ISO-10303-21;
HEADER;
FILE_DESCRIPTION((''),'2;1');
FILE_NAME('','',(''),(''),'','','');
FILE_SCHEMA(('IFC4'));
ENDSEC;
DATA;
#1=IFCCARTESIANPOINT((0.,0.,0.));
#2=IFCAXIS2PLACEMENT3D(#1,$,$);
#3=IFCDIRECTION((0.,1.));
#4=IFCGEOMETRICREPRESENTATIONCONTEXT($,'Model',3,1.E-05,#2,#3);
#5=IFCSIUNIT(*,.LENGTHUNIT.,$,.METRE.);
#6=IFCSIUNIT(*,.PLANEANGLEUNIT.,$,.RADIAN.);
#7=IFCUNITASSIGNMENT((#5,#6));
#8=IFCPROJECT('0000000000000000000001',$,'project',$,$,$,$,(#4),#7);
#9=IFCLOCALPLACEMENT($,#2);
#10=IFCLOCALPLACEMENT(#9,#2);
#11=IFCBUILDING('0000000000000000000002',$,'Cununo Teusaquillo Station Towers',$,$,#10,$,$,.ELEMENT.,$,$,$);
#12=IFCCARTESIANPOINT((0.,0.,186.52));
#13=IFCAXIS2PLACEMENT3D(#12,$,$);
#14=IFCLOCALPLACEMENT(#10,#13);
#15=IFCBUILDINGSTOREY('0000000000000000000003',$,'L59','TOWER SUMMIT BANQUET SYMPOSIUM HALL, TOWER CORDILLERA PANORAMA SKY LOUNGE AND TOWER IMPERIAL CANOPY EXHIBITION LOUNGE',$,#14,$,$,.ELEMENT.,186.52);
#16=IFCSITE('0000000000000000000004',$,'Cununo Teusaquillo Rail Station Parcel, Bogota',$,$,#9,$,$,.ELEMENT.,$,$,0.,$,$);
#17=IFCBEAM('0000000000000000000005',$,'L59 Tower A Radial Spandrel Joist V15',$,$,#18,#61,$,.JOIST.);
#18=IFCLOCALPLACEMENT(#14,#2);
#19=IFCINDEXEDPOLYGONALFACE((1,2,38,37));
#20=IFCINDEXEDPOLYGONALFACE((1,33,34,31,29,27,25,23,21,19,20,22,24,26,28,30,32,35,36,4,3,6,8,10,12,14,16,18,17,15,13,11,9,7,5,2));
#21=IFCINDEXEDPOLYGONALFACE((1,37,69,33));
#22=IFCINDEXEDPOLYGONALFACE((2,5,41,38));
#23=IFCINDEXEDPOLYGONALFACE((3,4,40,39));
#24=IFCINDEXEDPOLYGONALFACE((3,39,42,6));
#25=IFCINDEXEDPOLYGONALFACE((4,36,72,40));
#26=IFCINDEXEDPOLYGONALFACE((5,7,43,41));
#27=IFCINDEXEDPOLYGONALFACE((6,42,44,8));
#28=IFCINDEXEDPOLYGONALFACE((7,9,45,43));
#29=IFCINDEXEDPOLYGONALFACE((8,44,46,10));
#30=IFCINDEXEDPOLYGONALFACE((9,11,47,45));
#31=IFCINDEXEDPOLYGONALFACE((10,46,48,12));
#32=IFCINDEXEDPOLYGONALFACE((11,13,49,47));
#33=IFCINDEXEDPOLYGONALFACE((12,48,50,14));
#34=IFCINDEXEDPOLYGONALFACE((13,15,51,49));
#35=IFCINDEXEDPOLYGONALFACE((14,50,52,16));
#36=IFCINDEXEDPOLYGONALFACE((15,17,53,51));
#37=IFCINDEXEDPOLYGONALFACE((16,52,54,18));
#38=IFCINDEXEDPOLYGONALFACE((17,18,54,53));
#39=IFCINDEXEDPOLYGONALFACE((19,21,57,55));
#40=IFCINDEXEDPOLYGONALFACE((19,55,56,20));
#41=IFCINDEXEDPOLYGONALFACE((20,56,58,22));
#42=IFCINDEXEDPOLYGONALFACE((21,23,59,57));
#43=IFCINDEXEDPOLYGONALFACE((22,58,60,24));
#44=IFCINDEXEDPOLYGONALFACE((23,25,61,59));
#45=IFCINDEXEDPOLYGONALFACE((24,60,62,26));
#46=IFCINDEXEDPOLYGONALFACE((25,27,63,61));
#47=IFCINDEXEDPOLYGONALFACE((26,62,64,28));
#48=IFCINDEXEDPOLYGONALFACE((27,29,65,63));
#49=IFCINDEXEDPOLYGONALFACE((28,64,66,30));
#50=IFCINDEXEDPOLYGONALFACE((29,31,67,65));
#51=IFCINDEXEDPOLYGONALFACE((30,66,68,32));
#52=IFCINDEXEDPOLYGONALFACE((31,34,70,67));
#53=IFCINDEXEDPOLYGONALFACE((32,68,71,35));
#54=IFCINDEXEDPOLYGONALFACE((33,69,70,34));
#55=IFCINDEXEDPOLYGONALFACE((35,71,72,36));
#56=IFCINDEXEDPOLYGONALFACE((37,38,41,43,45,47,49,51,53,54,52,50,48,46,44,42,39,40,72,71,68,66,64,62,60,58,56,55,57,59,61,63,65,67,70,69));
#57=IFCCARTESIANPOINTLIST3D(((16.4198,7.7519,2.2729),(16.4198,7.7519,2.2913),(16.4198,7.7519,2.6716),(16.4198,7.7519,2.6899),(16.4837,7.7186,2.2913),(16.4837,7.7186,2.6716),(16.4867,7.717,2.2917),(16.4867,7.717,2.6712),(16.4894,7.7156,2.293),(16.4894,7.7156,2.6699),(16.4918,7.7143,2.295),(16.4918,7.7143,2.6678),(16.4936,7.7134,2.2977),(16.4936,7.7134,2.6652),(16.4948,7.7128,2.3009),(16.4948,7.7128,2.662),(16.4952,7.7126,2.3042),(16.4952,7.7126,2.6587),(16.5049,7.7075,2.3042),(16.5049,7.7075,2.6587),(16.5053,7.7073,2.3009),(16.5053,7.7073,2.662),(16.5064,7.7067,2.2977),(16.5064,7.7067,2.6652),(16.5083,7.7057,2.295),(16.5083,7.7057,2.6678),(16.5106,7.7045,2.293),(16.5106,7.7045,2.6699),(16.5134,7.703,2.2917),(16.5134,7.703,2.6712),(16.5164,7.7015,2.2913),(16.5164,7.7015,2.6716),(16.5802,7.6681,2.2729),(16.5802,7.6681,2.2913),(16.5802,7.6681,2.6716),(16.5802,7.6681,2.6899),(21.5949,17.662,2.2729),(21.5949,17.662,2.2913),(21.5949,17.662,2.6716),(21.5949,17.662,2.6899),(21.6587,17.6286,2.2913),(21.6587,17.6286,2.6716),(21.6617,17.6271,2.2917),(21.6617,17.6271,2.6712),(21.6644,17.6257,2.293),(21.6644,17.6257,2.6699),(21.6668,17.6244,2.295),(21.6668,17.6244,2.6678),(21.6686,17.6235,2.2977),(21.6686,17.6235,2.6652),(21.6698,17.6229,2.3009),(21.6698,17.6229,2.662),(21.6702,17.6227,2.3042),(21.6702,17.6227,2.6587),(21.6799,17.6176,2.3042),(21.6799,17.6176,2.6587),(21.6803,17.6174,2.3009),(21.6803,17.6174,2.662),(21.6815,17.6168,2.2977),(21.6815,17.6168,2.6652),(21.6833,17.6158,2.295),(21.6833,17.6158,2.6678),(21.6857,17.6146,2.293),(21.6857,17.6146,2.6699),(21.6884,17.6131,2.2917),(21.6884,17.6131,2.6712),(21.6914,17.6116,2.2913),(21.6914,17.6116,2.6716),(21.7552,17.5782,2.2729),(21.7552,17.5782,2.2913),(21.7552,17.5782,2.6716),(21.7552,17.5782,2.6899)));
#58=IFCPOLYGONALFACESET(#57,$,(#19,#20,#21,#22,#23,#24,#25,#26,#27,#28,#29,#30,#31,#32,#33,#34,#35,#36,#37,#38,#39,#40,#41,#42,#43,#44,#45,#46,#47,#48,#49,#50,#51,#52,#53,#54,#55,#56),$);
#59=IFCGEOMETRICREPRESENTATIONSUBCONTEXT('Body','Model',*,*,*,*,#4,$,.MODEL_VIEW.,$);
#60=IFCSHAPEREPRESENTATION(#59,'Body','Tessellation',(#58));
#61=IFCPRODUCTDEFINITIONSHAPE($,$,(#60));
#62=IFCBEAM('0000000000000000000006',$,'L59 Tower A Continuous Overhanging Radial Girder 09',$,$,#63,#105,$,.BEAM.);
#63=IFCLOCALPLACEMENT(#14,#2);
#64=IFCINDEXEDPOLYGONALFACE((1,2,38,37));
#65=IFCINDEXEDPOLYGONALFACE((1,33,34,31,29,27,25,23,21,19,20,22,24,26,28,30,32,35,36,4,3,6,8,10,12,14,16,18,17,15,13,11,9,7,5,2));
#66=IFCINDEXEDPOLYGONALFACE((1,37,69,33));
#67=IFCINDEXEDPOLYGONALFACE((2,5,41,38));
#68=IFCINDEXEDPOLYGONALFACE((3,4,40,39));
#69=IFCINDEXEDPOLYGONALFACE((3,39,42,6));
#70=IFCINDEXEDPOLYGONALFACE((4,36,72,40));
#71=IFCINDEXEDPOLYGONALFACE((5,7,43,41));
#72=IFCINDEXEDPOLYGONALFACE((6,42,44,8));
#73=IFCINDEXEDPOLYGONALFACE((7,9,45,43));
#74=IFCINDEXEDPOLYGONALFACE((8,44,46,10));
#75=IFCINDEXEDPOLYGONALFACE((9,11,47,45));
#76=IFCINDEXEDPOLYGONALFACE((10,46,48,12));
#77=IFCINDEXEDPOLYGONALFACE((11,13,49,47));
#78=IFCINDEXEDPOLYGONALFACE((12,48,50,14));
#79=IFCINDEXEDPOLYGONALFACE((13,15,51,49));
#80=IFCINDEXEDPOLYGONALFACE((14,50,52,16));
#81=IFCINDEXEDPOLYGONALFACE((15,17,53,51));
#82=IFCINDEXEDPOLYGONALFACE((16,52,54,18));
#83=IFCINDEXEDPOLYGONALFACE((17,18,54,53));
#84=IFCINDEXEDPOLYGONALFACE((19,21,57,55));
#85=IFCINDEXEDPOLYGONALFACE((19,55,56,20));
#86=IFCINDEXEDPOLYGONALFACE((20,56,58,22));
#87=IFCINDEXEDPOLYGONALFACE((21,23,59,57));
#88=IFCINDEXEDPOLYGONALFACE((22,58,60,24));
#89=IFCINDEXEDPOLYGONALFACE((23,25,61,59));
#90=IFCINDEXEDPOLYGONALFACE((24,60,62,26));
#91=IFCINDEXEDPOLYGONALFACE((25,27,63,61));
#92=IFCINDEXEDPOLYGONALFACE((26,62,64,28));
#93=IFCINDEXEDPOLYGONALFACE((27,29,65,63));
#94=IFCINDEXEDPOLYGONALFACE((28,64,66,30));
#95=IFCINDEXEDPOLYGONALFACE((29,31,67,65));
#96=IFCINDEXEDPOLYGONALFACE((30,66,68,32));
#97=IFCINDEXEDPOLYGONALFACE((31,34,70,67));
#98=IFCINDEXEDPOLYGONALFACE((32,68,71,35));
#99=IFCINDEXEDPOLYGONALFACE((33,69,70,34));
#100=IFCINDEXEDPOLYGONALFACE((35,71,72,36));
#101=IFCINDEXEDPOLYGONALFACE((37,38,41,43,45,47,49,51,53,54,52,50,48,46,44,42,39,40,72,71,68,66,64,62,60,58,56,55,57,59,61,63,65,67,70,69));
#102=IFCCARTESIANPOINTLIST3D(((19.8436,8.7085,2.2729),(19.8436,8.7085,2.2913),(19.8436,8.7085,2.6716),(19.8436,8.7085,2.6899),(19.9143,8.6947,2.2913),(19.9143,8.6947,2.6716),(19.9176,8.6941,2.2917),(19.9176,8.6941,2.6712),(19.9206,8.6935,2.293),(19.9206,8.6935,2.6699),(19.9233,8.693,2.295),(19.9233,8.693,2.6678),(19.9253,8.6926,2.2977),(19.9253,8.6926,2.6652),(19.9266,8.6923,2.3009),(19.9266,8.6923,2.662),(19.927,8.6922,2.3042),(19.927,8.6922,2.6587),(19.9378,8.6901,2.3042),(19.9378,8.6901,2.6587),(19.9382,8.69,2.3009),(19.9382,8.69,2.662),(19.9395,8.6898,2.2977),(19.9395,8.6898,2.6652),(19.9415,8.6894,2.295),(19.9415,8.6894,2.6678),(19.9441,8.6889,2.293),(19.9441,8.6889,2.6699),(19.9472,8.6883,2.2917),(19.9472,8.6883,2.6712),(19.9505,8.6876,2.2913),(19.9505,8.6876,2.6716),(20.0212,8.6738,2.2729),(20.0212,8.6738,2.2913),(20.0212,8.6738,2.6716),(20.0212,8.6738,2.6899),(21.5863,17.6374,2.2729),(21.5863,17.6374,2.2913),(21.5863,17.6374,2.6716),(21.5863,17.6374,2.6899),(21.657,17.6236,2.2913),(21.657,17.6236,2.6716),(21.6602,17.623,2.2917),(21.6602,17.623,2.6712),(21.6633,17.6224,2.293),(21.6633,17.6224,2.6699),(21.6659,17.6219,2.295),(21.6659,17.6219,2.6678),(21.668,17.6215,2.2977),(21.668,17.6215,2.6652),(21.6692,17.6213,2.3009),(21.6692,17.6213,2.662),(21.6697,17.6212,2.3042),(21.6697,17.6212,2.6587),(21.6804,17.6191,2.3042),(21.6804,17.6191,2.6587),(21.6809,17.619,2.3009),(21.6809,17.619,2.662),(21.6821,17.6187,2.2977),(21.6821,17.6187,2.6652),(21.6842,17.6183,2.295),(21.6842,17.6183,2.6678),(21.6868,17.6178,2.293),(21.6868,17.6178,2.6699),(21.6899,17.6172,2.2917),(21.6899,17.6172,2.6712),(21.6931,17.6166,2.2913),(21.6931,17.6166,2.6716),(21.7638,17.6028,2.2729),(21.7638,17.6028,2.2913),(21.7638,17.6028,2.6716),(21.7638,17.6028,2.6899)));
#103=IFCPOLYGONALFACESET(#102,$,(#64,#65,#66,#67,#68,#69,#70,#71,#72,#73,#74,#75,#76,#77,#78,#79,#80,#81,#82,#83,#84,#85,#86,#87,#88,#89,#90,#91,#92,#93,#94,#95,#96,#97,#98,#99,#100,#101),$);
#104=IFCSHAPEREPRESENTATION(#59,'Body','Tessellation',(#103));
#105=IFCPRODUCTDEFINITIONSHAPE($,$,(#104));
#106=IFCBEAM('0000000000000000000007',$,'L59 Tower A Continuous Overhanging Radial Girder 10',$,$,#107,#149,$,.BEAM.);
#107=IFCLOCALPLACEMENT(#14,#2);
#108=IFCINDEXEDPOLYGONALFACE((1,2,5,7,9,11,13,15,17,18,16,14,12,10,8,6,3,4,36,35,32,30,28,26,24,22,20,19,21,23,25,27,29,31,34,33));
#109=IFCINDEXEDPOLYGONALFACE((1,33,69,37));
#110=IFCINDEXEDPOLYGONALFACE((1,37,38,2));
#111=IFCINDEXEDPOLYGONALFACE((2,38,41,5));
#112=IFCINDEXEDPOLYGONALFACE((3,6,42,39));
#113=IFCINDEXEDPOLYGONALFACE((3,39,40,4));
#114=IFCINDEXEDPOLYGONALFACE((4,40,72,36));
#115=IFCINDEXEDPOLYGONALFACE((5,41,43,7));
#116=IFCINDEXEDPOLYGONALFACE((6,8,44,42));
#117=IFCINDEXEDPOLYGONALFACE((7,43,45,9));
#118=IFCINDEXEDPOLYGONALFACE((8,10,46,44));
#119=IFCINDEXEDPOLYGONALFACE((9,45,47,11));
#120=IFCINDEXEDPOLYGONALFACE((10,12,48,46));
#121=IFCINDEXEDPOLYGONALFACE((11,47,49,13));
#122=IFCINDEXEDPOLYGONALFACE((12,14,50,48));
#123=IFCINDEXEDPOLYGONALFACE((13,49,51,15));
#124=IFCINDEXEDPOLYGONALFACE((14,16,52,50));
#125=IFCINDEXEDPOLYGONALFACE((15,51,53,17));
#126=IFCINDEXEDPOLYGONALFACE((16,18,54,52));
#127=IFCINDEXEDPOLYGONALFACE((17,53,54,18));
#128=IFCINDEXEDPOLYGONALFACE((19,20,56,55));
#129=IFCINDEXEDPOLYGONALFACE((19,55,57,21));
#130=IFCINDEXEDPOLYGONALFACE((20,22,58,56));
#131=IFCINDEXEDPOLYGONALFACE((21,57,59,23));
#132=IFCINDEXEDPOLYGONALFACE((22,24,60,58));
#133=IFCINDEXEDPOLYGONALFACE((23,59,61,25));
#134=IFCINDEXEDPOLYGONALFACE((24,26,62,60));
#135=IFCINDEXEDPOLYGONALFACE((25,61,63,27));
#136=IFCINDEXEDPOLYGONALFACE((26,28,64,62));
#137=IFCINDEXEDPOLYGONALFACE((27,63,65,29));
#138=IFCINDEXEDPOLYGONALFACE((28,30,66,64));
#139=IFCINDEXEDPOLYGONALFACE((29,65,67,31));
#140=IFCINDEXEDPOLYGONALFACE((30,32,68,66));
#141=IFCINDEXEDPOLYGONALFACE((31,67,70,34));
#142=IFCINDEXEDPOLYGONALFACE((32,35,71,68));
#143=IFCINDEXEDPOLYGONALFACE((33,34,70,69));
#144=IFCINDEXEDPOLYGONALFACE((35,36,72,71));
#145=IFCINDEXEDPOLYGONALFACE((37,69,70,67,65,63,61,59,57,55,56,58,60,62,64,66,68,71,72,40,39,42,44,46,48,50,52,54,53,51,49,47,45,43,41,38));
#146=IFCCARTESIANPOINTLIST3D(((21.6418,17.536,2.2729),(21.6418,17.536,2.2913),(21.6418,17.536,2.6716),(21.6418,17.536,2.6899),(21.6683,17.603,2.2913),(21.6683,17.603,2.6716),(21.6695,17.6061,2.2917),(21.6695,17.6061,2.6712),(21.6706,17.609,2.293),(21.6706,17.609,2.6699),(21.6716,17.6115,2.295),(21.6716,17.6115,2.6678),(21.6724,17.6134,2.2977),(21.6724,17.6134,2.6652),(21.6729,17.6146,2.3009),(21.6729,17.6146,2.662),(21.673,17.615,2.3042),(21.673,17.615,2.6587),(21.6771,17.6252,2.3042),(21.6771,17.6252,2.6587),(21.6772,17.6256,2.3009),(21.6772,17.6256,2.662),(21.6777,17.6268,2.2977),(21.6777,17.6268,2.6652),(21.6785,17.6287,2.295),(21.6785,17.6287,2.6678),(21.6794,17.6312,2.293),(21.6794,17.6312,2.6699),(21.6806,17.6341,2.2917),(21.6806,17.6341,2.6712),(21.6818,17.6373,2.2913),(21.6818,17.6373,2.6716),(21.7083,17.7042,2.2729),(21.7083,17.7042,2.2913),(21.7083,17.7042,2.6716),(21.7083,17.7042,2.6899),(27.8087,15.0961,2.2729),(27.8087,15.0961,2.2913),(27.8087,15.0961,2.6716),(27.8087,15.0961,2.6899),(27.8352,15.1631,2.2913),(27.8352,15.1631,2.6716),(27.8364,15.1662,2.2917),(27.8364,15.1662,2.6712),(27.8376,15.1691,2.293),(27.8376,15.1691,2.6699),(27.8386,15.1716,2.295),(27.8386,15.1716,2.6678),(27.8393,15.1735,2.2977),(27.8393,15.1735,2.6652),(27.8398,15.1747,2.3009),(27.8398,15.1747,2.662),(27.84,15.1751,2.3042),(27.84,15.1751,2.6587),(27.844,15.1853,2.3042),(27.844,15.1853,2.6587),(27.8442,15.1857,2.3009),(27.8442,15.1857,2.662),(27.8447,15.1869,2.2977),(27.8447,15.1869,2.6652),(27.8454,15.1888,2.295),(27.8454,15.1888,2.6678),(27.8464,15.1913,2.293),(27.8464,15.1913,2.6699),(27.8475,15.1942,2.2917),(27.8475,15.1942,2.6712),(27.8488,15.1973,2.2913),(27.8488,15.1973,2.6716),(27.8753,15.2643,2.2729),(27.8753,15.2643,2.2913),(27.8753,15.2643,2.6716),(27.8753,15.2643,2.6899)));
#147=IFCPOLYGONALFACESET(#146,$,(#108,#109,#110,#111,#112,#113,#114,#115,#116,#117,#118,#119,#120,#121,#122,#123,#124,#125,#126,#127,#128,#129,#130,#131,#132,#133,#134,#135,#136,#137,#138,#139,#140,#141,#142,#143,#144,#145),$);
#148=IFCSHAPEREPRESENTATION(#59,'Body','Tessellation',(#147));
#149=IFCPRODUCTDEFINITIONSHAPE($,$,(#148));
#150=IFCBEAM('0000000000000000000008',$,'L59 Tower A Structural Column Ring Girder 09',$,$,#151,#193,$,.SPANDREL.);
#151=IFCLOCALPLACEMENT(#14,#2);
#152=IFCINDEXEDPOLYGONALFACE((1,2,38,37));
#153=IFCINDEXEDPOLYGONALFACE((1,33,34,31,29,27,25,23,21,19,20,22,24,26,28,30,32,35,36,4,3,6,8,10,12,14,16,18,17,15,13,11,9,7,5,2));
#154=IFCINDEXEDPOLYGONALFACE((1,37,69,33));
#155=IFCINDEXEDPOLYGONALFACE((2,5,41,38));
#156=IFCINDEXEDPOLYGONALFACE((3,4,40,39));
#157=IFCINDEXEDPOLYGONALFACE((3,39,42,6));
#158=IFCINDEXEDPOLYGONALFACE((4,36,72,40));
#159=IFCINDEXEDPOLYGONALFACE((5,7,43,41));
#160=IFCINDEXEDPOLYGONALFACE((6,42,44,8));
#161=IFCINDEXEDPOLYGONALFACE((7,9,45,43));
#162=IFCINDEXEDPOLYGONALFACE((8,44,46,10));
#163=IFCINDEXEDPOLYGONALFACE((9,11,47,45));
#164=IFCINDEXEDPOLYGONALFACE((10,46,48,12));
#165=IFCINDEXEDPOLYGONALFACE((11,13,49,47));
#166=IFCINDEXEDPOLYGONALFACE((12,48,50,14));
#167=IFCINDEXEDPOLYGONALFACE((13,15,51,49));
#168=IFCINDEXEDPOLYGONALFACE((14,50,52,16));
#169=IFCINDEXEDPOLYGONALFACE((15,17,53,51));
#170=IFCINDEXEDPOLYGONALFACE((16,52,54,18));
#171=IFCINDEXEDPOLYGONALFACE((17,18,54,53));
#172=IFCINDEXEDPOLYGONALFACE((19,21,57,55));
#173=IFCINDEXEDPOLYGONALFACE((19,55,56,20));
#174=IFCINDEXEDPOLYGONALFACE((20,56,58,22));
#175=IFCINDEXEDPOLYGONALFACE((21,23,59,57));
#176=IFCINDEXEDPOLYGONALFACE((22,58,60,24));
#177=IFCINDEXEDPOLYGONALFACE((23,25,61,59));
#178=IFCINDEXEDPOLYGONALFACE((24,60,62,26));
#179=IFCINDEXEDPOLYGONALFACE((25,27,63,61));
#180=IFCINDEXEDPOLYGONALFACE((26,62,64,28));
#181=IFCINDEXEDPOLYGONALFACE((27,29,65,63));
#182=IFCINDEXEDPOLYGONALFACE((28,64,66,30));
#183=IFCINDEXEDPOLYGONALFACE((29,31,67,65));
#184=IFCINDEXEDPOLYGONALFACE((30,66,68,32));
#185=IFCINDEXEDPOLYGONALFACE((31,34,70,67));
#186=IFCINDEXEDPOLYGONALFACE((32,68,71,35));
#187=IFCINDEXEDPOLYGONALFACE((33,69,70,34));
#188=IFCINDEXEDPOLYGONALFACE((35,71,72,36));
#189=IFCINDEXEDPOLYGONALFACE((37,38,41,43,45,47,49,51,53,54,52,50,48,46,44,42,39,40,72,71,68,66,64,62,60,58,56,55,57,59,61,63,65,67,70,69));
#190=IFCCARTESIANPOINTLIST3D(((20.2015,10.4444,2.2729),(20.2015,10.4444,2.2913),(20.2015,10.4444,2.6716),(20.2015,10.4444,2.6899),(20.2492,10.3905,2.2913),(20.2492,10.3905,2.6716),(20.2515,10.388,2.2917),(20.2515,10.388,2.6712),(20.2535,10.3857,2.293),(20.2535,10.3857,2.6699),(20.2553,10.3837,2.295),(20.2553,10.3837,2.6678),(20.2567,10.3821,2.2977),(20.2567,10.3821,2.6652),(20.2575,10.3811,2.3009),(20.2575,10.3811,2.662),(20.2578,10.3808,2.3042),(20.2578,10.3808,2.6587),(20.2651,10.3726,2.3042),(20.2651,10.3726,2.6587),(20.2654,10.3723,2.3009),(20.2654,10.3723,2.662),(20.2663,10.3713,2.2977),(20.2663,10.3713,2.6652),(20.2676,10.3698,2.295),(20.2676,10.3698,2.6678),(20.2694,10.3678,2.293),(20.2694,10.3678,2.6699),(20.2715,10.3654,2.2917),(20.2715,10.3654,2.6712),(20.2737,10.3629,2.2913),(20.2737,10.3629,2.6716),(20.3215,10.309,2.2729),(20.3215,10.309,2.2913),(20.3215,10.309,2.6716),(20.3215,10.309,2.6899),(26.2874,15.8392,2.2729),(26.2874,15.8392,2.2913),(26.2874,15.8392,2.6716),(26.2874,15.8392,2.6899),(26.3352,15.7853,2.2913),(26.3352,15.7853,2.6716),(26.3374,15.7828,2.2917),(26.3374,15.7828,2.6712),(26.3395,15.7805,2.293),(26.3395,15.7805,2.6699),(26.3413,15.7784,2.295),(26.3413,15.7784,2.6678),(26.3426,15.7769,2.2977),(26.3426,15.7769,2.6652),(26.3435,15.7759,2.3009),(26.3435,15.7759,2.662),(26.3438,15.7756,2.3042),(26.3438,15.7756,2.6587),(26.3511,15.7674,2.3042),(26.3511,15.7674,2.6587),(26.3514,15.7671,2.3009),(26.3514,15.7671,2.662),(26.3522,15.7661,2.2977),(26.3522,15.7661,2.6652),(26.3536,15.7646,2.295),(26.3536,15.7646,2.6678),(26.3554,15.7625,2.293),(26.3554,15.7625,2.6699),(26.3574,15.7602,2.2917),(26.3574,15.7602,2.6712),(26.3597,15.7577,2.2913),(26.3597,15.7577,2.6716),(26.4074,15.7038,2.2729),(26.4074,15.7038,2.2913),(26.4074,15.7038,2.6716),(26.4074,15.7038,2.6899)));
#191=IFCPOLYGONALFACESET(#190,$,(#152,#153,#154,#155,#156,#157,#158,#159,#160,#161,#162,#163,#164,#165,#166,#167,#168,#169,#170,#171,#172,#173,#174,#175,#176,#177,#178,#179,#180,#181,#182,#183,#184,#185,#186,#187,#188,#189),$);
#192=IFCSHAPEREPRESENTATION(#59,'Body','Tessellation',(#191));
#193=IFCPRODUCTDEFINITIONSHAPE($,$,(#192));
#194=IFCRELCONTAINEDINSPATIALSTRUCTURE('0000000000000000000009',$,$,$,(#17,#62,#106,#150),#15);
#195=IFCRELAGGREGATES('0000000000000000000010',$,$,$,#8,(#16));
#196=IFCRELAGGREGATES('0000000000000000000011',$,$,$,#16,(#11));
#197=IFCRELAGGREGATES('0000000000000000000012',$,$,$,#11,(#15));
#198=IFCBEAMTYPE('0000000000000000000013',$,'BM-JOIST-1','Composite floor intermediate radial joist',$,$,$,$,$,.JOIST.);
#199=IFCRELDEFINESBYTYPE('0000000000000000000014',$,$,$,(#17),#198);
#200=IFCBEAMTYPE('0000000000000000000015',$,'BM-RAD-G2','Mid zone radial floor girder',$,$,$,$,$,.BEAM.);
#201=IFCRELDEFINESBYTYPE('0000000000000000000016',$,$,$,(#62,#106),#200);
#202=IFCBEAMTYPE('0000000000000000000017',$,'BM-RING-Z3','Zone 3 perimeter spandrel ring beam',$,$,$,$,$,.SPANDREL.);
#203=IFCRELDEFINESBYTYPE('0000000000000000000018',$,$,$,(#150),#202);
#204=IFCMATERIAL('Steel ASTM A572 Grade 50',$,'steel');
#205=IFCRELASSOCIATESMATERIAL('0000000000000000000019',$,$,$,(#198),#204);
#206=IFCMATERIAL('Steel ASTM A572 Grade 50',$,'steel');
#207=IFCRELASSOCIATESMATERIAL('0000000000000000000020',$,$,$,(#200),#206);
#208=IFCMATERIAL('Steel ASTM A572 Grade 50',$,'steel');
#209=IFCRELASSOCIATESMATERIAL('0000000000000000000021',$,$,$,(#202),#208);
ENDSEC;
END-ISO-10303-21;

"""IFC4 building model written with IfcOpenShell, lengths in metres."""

from ifc_helpers import new_model, si_unit, direction, frame, origin, origin_2d, place, context, subcontext, project, spatial, i_section, extrude, material, material_profile, profile_set, type_object, element, save


model = new_model("IFC4")

# Units and contexts
model_context = context("Model", 3, precision=1e-05, world=origin(), true_north=direction((0.0, 1.0)))
body_context = subcontext(model_context, "Body", "Model", "MODEL_VIEW")
ifc_project = project(units=[si_unit("LENGTHUNIT", "METRE"), si_unit("PLANEANGLEUNIT", "RADIAN")], contexts=[model_context])

# Site, building, storey
site_placement = place(None, origin())
site = spatial("IfcSite", under=ifc_project, at=site_placement, Name="Cununo Teusaquillo Rail Station Parcel, Bogota", CompositionType="ELEMENT", RefElevation=0.0)
building_placement = place(site_placement, origin())
building = spatial("IfcBuilding", under=site, at=building_placement, Name="Cununo Teusaquillo Station Towers", CompositionType="ELEMENT")
storey_placement = place(building_placement, frame((0.0, 0.0, 186.52)))
storey = spatial("IfcBuildingStorey", under=building, at=storey_placement, Name="L59", Description="TOWER SUMMIT BANQUET SYMPOSIUM HALL, TOWER CORDILLERA PANORAMA SKY LOUNGE AND TOWER IMPERIAL CANOPY EXHIBITION LOUNGE", CompositionType="ELEMENT", Elevation=186.52)

# Beams
ifc_material_1 = material(Name="Steel ASTM A572 Grade 50", Category="steel")
ifc_material_profile_1 = material_profile(ifc_material_1, i_section(OverallWidth=0.1809, OverallDepth=0.417, WebThickness=0.011, FlangeThickness=0.0183, FilletRadius=0.0129, at=origin_2d()), Name="W16X57")
ifc_profile_set_1 = profile_set([ifc_material_profile_1], Name="Steel ASTM A572 Grade 50")
beam_type_1 = type_object("IfcBeamType", Name="BM-JOIST-1", Description="Composite floor intermediate radial joist", PredefinedType="JOIST", material=ifc_profile_set_1)
beam_1_placement = place(storey_placement, frame((21.675, 17.6201, 2.4814), z_axis=(-0.462885, -0.886419, 0.0), x_axis=(0.886419, -0.462885, 0.0)))
element("IfcBeam", 1, at=beam_1_placement, inside=storey, type_object=beam_type_1, Name="L59 Tower A Radial Spandrel Joist V15", PredefinedType="JOIST", context=body_context, shape_type="SweptSolid", body=[
    extrude(i_section(OverallWidth=0.1809, OverallDepth=0.417, WebThickness=0.011, FlangeThickness=0.0183, FilletRadius=0.0129, at=origin_2d()), origin(), (0.0, 0.0, 1.0), 11.1799),
])
ifc_material_2 = material(Name="Steel ASTM A572 Grade 50", Category="steel")
ifc_material_profile_2 = material_profile(ifc_material_2, i_section(OverallWidth=0.1809, OverallDepth=0.417, WebThickness=0.011, FlangeThickness=0.0183, FilletRadius=0.0129, at=origin_2d()), Name="W16X57")
ifc_profile_set_2 = profile_set([ifc_material_profile_2], Name="Steel ASTM A572 Grade 50")
beam_type_2 = type_object("IfcBeamType", Name="BM-RAD-G2", Description="Mid zone radial floor girder", PredefinedType="BEAM", material=ifc_profile_set_2)
beam_2_placement = place(storey_placement, frame((21.675, 17.6201, 2.4814), z_axis=(-0.191557, -0.981481, 0.0), x_axis=(0.981481, -0.191557, 0.0)))
element("IfcBeam", 2, at=beam_2_placement, inside=storey, type_object=beam_type_2, Name="L59 Tower A Continuous Overhanging Radial Girder 09", PredefinedType="BEAM", context=body_context, shape_type="SweptSolid", body=[
    extrude(i_section(OverallWidth=0.1809, OverallDepth=0.417, WebThickness=0.011, FlangeThickness=0.0183, FilletRadius=0.0129, at=origin_2d()), origin(), (0.0, 0.0, 1.0), 9.0974),
])
beam_3_placement = place(storey_placement, frame((21.675, 17.6201, 2.4814), z_axis=(0.929866, -0.367897, 0.0), x_axis=(0.367897, 0.929866, 0.0)))
element("IfcBeam", 3, at=beam_3_placement, inside=storey, type_object=beam_type_2, Name="L59 Tower A Continuous Overhanging Radial Girder 10", PredefinedType="BEAM", context=body_context, shape_type="SweptSolid", body=[
    extrude(i_section(OverallWidth=0.1809, OverallDepth=0.417, WebThickness=0.011, FlangeThickness=0.0183, FilletRadius=0.0129, at=origin_2d()), origin(), (0.0, 0.0, 1.0), 6.6321),
])
ifc_material_3 = material(Name="Steel ASTM A572 Grade 50", Category="steel")
ifc_material_profile_3 = material_profile(ifc_material_3, i_section(OverallWidth=0.1809, OverallDepth=0.417, WebThickness=0.011, FlangeThickness=0.0183, FilletRadius=0.0129, at=origin_2d()), Name="W16X57")
ifc_profile_set_3 = profile_set([ifc_material_profile_3], Name="Steel ASTM A572 Grade 50")
beam_type_3 = type_object("IfcBeamType", Name="BM-RING-Z3", Description="Zone 3 perimeter spandrel ring beam", PredefinedType="SPANDREL", material=ifc_profile_set_3)
beam_4_placement = place(storey_placement, frame((20.2615, 10.3767, 2.4814), z_axis=(0.748321, 0.663337, 0.0), x_axis=(-0.663337, 0.748321, 0.0)))
element("IfcBeam", 4, at=beam_4_placement, inside=storey, type_object=beam_type_3, Name="L59 Tower A Structural Column Ring Girder 09", PredefinedType="SPANDREL", context=body_context, shape_type="SweptSolid", body=[
    extrude(i_section(OverallWidth=0.1809, OverallDepth=0.417, WebThickness=0.011, FlangeThickness=0.0183, FilletRadius=0.0129, at=origin_2d()), origin(), (0.0, 0.0, 1.0), 8.1328),
])

save(model, "model.ifc")
